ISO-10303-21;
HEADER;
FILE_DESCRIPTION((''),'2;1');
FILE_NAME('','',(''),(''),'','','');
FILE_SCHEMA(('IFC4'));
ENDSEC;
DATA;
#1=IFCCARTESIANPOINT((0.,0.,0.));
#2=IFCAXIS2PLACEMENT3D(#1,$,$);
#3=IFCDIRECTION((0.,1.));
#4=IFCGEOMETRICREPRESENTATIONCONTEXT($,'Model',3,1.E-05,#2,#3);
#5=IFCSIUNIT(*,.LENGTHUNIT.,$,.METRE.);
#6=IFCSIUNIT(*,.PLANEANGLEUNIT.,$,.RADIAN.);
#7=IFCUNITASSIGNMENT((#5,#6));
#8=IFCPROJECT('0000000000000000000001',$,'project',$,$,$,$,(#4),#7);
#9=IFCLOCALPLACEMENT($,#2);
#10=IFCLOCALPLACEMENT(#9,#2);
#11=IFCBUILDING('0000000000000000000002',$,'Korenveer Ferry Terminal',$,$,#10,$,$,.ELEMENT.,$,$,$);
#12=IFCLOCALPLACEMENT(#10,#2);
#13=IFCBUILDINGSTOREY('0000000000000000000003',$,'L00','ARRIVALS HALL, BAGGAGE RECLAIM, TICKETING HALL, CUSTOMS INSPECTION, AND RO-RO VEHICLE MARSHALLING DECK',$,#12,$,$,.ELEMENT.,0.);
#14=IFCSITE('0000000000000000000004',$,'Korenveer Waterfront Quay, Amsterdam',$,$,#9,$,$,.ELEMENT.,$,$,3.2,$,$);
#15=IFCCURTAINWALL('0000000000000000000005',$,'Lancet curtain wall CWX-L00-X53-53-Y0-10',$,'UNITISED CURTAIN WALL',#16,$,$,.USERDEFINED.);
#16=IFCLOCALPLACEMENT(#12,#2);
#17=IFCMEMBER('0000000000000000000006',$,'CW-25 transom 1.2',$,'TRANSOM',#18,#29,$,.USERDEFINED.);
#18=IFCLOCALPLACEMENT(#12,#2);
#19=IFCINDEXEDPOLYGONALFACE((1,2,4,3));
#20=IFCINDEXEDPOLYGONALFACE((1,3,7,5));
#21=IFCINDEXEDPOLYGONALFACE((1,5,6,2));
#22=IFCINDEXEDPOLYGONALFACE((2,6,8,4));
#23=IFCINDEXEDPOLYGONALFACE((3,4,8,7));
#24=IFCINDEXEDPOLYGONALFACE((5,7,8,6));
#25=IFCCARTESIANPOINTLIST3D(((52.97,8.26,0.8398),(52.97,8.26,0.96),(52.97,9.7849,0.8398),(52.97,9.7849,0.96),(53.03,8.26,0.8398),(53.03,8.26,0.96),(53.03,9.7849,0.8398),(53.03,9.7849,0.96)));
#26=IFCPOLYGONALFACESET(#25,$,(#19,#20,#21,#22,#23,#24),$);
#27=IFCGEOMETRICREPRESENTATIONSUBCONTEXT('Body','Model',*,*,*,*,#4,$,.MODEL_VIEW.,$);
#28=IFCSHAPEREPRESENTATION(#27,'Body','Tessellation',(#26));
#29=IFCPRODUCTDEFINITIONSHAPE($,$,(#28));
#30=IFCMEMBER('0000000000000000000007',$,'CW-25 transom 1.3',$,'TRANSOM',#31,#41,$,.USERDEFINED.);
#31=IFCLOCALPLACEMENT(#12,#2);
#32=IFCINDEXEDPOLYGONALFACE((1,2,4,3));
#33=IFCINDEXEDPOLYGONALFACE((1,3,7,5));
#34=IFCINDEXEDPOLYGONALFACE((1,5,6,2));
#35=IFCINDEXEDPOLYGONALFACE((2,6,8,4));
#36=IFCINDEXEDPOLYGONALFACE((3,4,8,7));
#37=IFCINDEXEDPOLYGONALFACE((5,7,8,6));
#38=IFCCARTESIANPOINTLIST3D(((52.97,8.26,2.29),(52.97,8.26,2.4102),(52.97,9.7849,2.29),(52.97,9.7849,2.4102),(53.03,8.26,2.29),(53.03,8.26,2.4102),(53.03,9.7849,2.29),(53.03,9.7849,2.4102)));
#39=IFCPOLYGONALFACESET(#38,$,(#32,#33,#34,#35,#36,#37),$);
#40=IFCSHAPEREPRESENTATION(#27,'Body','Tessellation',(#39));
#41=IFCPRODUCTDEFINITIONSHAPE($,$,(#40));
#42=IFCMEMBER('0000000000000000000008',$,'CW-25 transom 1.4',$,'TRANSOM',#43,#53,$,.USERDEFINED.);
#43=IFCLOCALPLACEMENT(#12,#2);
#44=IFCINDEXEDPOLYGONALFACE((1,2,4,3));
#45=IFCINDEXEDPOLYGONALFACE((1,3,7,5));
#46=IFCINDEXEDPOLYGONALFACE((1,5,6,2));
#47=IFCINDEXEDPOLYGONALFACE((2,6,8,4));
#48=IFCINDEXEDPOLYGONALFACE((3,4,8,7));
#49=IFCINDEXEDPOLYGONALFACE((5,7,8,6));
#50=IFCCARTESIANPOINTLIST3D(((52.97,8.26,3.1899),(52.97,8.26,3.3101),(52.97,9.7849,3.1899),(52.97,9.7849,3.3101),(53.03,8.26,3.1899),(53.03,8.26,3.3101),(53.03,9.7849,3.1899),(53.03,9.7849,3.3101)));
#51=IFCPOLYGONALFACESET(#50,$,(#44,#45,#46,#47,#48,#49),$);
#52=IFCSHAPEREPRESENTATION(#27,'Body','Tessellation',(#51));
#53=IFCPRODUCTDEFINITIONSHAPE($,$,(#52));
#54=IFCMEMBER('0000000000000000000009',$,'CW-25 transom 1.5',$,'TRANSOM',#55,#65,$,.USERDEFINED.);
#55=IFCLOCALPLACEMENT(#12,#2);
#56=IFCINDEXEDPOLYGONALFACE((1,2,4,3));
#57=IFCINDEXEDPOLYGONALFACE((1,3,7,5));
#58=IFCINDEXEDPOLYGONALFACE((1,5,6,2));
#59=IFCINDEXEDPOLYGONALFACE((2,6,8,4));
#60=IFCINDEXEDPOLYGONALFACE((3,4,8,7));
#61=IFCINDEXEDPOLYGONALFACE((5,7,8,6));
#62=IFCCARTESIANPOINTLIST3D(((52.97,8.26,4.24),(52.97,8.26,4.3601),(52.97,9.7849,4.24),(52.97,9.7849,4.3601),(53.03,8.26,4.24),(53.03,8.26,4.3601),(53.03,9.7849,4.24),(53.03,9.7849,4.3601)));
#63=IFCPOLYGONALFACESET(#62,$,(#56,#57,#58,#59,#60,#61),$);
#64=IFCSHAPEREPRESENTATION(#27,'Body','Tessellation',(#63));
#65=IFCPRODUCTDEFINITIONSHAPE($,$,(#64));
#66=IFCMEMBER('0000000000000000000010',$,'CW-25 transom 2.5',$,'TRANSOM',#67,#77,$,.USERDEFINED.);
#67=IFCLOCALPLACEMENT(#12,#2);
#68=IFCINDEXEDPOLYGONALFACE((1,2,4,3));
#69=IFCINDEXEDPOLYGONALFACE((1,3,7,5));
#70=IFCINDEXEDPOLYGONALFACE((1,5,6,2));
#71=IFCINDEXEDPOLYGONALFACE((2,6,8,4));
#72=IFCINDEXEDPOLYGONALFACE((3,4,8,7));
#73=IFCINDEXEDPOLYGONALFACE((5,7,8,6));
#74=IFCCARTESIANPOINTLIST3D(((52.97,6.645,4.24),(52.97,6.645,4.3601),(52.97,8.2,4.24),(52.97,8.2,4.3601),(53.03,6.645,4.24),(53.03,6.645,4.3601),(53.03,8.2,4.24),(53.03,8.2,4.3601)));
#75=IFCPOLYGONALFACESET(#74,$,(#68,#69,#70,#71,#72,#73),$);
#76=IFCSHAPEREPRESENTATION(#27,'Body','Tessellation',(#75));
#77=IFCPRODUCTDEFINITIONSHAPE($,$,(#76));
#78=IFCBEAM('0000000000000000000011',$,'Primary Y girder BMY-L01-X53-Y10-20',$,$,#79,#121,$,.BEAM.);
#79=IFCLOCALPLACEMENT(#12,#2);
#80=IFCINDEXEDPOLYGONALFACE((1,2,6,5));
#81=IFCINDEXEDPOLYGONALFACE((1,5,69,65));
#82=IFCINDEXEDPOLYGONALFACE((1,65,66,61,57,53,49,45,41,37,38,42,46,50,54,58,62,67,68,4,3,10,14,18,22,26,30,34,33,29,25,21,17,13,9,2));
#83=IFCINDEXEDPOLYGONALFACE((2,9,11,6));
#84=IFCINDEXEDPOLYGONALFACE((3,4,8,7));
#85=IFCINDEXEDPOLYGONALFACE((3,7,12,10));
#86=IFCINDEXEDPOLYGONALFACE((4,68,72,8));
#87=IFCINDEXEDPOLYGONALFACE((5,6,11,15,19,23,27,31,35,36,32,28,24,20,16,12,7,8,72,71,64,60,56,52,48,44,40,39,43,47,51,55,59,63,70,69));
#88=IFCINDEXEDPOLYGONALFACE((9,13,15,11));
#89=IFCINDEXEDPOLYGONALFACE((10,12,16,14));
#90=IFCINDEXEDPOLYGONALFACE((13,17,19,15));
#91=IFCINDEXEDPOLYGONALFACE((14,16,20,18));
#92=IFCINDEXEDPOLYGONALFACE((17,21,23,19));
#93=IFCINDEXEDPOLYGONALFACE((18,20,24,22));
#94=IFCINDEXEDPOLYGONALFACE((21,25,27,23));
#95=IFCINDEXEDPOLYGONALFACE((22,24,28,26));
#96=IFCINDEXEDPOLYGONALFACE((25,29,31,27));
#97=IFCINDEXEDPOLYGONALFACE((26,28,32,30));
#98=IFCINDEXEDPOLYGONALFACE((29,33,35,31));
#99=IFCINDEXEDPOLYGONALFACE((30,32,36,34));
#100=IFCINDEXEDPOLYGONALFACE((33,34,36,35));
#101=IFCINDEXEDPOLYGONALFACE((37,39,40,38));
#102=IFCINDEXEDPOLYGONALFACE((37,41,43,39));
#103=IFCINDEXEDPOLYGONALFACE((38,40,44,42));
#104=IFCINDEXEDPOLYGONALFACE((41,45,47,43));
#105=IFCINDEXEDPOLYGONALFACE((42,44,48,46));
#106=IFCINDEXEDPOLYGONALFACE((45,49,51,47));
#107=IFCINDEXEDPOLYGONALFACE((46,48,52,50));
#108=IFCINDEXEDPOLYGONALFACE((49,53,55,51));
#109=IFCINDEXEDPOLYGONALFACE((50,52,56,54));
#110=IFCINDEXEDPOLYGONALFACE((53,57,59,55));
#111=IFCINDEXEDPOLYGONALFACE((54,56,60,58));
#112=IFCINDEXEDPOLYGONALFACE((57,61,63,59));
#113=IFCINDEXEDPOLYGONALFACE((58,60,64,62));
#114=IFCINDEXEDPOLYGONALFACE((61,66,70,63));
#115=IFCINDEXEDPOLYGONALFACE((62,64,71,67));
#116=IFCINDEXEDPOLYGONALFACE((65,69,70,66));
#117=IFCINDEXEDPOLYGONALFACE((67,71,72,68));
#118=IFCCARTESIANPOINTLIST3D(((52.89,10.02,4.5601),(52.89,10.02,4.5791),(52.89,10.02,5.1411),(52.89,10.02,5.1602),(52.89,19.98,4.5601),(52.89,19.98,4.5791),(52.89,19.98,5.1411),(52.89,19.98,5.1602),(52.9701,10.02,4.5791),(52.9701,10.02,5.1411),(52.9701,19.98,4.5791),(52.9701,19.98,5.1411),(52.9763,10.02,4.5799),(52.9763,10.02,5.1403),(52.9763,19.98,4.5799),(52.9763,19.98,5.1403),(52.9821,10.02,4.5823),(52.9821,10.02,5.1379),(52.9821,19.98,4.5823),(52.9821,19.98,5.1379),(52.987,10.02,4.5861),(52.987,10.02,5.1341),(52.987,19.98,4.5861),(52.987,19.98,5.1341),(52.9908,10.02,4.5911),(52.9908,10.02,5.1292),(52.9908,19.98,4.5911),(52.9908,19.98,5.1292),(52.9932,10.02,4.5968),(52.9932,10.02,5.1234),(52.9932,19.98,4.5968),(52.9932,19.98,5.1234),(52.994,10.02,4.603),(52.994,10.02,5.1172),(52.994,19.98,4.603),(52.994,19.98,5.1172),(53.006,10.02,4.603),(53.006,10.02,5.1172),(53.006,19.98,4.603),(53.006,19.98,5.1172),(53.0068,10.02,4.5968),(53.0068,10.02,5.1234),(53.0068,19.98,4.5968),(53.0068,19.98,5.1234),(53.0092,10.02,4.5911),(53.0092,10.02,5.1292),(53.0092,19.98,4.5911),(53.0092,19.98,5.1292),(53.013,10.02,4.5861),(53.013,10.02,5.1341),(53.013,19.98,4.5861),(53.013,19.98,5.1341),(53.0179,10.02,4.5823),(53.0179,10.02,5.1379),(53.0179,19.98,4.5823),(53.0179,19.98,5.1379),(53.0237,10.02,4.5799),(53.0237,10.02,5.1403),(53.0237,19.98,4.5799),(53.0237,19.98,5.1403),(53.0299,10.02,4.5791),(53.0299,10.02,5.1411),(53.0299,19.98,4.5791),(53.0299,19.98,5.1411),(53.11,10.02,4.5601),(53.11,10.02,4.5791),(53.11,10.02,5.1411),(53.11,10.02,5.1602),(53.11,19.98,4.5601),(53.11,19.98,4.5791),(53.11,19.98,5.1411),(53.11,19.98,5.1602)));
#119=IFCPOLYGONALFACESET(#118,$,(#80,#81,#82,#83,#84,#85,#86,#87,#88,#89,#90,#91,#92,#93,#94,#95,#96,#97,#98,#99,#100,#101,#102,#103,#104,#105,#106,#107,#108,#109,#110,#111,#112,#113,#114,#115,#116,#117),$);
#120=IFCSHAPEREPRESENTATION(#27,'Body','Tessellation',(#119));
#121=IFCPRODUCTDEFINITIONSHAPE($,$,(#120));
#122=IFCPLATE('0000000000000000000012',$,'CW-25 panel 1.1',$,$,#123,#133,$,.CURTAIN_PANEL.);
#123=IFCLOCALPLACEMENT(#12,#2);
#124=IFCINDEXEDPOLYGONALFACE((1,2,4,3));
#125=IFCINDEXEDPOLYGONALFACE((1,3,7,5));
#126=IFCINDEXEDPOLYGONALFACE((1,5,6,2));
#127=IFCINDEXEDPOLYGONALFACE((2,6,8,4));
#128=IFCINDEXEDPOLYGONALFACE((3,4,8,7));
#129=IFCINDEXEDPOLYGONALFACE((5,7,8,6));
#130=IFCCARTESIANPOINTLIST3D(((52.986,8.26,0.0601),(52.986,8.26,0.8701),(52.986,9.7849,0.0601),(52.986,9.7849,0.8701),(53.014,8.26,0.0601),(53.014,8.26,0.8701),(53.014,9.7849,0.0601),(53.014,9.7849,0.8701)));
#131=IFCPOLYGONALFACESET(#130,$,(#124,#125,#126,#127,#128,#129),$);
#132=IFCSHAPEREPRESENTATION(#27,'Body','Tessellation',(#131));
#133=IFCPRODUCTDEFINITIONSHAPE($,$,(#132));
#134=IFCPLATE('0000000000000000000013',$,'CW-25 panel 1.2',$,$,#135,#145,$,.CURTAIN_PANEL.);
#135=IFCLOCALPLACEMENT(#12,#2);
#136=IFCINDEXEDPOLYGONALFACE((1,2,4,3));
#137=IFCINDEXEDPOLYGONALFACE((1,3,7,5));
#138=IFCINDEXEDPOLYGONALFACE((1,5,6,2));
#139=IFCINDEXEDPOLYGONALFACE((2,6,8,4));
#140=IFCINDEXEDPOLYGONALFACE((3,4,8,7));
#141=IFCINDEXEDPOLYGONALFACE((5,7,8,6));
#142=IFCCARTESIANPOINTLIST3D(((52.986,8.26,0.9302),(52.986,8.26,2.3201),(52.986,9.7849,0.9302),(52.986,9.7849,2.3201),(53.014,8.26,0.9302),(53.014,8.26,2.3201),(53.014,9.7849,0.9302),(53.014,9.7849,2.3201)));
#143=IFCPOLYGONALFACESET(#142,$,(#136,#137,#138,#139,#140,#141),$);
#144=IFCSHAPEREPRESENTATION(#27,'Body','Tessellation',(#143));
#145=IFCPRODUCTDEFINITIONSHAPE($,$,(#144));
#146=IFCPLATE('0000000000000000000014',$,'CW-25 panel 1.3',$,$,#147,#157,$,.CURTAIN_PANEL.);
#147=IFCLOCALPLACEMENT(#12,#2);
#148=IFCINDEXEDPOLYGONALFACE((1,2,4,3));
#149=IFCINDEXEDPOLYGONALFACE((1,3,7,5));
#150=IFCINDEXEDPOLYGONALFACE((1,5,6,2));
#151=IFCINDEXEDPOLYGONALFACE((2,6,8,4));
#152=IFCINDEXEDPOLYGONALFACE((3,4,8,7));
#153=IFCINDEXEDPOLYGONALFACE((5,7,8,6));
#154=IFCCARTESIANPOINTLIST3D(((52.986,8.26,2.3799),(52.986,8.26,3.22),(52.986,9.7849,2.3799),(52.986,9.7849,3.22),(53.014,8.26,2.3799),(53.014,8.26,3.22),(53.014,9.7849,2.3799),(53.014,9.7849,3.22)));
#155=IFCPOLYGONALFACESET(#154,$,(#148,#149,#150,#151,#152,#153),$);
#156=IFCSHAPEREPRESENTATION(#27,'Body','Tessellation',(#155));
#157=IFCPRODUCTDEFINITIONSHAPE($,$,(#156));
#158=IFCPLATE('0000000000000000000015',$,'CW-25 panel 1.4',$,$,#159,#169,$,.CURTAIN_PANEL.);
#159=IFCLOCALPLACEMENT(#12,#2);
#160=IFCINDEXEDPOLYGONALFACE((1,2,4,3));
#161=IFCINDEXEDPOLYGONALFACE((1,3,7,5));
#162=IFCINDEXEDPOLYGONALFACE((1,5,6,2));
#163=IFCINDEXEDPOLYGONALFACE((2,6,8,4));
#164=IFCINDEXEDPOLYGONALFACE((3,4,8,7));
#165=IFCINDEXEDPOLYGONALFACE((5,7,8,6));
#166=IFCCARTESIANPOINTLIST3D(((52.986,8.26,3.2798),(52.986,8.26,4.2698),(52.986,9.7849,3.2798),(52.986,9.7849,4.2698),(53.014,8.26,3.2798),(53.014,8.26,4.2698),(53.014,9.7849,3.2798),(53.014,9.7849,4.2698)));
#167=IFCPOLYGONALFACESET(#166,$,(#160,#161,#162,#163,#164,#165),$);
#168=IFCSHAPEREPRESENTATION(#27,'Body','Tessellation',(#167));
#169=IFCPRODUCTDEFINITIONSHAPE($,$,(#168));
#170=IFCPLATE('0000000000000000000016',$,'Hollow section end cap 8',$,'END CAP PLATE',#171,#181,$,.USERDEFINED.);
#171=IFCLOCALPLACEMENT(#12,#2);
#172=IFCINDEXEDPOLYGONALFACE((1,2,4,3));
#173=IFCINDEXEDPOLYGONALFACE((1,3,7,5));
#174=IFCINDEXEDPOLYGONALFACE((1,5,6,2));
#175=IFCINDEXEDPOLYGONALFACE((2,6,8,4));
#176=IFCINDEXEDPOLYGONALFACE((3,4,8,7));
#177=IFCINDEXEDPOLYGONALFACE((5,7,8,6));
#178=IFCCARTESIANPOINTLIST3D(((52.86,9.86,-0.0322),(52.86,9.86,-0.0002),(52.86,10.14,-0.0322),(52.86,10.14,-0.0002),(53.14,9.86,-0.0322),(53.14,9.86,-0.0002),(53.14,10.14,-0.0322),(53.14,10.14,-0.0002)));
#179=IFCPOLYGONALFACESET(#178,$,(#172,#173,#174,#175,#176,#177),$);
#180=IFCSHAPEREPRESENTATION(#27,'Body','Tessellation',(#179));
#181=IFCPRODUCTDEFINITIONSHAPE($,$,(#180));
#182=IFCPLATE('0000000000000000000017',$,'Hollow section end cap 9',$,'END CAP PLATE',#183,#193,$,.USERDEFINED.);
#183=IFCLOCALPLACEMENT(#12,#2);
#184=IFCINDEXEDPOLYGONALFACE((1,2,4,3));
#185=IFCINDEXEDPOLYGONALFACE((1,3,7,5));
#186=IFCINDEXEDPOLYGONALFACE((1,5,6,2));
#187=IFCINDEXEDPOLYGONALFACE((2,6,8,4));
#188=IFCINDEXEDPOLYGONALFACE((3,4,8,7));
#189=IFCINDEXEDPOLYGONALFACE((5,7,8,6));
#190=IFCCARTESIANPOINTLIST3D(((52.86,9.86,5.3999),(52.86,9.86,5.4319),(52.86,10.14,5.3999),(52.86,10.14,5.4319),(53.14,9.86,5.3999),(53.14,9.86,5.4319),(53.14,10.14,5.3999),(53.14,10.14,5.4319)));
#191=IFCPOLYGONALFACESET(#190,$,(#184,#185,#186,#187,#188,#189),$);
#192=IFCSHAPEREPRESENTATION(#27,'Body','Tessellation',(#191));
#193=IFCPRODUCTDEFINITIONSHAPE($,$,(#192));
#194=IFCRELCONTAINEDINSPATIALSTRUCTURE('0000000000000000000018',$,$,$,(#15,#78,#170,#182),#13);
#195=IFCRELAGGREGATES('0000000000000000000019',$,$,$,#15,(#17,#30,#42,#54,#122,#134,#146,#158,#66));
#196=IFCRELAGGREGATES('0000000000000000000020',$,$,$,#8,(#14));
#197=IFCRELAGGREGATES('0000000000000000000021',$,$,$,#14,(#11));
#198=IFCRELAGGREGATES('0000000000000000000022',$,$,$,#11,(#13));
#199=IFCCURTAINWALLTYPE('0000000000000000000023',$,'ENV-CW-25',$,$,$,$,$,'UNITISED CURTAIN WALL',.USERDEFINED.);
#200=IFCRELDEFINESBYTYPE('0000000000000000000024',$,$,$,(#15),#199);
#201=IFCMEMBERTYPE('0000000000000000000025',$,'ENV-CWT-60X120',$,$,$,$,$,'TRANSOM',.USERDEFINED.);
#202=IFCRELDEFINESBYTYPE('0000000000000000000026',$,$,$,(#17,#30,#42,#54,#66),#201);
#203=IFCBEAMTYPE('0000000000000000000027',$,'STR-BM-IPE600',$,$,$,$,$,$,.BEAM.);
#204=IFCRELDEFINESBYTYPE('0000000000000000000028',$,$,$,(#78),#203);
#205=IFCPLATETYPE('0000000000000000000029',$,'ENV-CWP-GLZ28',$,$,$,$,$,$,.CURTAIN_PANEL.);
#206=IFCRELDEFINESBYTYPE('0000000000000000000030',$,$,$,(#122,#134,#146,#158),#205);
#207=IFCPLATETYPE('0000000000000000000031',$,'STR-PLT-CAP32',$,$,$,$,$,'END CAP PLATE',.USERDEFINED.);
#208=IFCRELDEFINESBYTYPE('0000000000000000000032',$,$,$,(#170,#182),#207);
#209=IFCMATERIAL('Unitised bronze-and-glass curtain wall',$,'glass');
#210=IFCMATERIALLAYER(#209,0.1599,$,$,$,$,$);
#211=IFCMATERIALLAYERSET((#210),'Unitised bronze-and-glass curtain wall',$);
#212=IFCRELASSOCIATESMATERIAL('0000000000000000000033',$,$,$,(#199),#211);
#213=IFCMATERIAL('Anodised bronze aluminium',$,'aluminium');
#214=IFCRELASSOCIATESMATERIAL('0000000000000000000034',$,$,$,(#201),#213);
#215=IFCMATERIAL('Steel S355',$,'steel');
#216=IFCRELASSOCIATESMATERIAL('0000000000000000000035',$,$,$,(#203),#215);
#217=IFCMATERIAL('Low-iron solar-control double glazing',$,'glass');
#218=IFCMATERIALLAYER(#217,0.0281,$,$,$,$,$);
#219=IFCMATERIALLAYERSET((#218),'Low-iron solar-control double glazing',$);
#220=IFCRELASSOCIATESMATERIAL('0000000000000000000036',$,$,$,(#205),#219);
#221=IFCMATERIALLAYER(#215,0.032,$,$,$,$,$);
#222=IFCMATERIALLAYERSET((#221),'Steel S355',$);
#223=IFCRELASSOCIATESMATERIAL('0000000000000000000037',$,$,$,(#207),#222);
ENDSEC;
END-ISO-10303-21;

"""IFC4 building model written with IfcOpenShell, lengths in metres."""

from ifc_helpers import new_model, si_unit, direction, frame, origin, origin_2d, place, context, subcontext, project, spatial, rectangle, i_section, extrude, material, layer, layer_set, material_profile, profile_set, type_object, element, aggregate, save


model = new_model("IFC4")

# Units and contexts
model_context = context("Model", 3, precision=1e-05, world=origin(), true_north=direction((0.0, 1.0)))
body_context = subcontext(model_context, "Body", "Model", "MODEL_VIEW")
ifc_project = project(units=[si_unit("LENGTHUNIT", "METRE"), si_unit("PLANEANGLEUNIT", "RADIAN")], contexts=[model_context])

# Site, building, storey
site_placement = place(None, origin())
site = spatial("IfcSite", under=ifc_project, at=site_placement, Name="Korenveer Waterfront Quay, Amsterdam", CompositionType="ELEMENT", RefElevation=3.2)
building_placement = place(site_placement, origin())
building = spatial("IfcBuilding", under=site, at=building_placement, Name="Korenveer Ferry Terminal", CompositionType="ELEMENT")
storey_placement = place(building_placement, origin())
storey = spatial("IfcBuildingStorey", under=building, at=storey_placement, Name="L00", Description="ARRIVALS HALL, BAGGAGE RECLAIM, TICKETING HALL, CUSTOMS INSPECTION, AND RO-RO VEHICLE MARSHALLING DECK", CompositionType="ELEMENT", Elevation=0.0)

# Shared definitions
ifc_material_1 = material(Name="Steel S355", Category="steel")

# Curtain wall, members
ifc_material_2 = material(Name="Unitised bronze-and-glass curtain wall", Category="glass")
ifc_layer_1 = layer(ifc_material_2, 0.1599)
ifc_layer_set_1 = layer_set([ifc_layer_1], Name="Unitised bronze-and-glass curtain wall")
curtain_wall_type = type_object("IfcCurtainWallType", Name="ENV-CW-25", ElementType="UNITISED CURTAIN WALL", PredefinedType="USERDEFINED", material=ifc_layer_set_1)
curtain_wall_placement = place(storey_placement, frame((53.0, 9.845, 0.0)))
curtain_wall = element("IfcCurtainWall", 1, at=curtain_wall_placement, inside=storey, type_object=curtain_wall_type, Name="Lancet curtain wall CWX-L00-X53-53-Y0-10", ObjectType="UNITISED CURTAIN WALL", PredefinedType="USERDEFINED")
ifc_material_3 = material(Name="Anodised bronze aluminium", Category="aluminium")
ifc_material_profile_1 = material_profile(ifc_material_3, rectangle(XDim=0.0601, YDim=0.1201, at=origin_2d()), Name="ALU 60x120")
ifc_profile_set_1 = profile_set([ifc_material_profile_1], Name="Anodised bronze aluminium")
member_type_1 = type_object("IfcMemberType", Name="ENV-CWT-60X120", ElementType="TRANSOM", PredefinedType="USERDEFINED", material=ifc_profile_set_1)
member_1_placement = place(storey_placement, frame((53.0, 9.7849, 0.8999), z_axis=(0.0, -1.0, 0.0), x_axis=(1.0, 0.0, 0.0)))
member_1 = element("IfcMember", 2, at=member_1_placement, type_object=member_type_1, Name="CW-25 transom 1.2", ObjectType="TRANSOM", PredefinedType="USERDEFINED", context=body_context, shape_type="SweptSolid", body=[
    extrude(rectangle(XDim=0.0601, YDim=0.1201, at=origin_2d()), origin(), (0.0, 0.0, 1.0), 1.5249),
])
member_2_placement = place(storey_placement, frame((53.0, 9.7849, 2.3501), z_axis=(0.0, -1.0, 0.0), x_axis=(1.0, 0.0, 0.0)))
member_2 = element("IfcMember", 3, at=member_2_placement, type_object=member_type_1, Name="CW-25 transom 1.3", ObjectType="TRANSOM", PredefinedType="USERDEFINED", context=body_context, shape_type="SweptSolid", body=[
    extrude(rectangle(XDim=0.0601, YDim=0.1201, at=origin_2d()), origin(), (0.0, 0.0, 1.0), 1.5249),
])
member_3_placement = place(storey_placement, frame((53.0, 9.7849, 3.25), z_axis=(0.0, -1.0, 0.0), x_axis=(1.0, 0.0, 0.0)))
member_3 = element("IfcMember", 4, at=member_3_placement, type_object=member_type_1, Name="CW-25 transom 1.4", ObjectType="TRANSOM", PredefinedType="USERDEFINED", context=body_context, shape_type="SweptSolid", body=[
    extrude(rectangle(XDim=0.0601, YDim=0.1201, at=origin_2d()), origin(), (0.0, 0.0, 1.0), 1.5249),
])
member_4_placement = place(storey_placement, frame((53.0, 9.7849, 4.3), z_axis=(0.0, -1.0, 0.0), x_axis=(1.0, 0.0, 0.0)))
member_4 = element("IfcMember", 5, at=member_4_placement, type_object=member_type_1, Name="CW-25 transom 1.5", ObjectType="TRANSOM", PredefinedType="USERDEFINED", context=body_context, shape_type="SweptSolid", body=[
    extrude(rectangle(XDim=0.0601, YDim=0.1201, at=origin_2d()), origin(), (0.0, 0.0, 1.0), 1.5249),
])
member_5_placement = place(storey_placement, frame((53.0, 8.2, 4.3), z_axis=(0.0, -1.0, 0.0), x_axis=(1.0, 0.0, 0.0)))
member_5 = element("IfcMember", 6, at=member_5_placement, type_object=member_type_1, Name="CW-25 transom 2.5", ObjectType="TRANSOM", PredefinedType="USERDEFINED", context=body_context, shape_type="SweptSolid", body=[
    extrude(rectangle(XDim=0.0601, YDim=0.1201, at=origin_2d()), origin(), (0.0, 0.0, 1.0), 1.5549),
])

# Beam
ifc_material_profile_2 = material_profile(ifc_material_1, i_section(OverallWidth=0.22, OverallDepth=0.6001, WebThickness=0.012, FlangeThickness=0.019, FilletRadius=0.0239, at=origin_2d()), Name="IPE 600")
ifc_profile_set_2 = profile_set([ifc_material_profile_2], Name="Steel S355")
beam_type = type_object("IfcBeamType", Name="STR-BM-IPE600", PredefinedType="BEAM", material=ifc_profile_set_2)
beam_placement = place(storey_placement, frame((53.0, 10.02, 4.8601), z_axis=(0.0, 1.0, 0.0), x_axis=(-1.0, 0.0, 0.0)))
element("IfcBeam", 7, at=beam_placement, inside=storey, type_object=beam_type, Name="Primary Y girder BMY-L01-X53-Y10-20", PredefinedType="BEAM", context=body_context, shape_type="SweptSolid", body=[
    extrude(i_section(OverallWidth=0.22, OverallDepth=0.6001, WebThickness=0.012, FlangeThickness=0.019, FilletRadius=0.0239, at=origin_2d()), origin(), (0.0, 0.0, 1.0), 9.96),
])

# Plates
ifc_material_4 = material(Name="Low-iron solar-control double glazing", Category="glass")
ifc_layer_2 = layer(ifc_material_4, 0.0281)
ifc_layer_set_2 = layer_set([ifc_layer_2], Name="Low-iron solar-control double glazing")
plate_type_1 = type_object("IfcPlateType", Name="ENV-CWP-GLZ28", PredefinedType="CURTAIN_PANEL", material=ifc_layer_set_2)
plate_1_placement = place(storey_placement, frame((53.0, 9.0225, 0.0601), z_axis=(0.0, 0.0, 1.0), x_axis=(0.0, -1.0, 0.0)))
plate_1 = element("IfcPlate", 8, at=plate_1_placement, type_object=plate_type_1, Name="CW-25 panel 1.1", PredefinedType="CURTAIN_PANEL", context=body_context, shape_type="SweptSolid", body=[
    extrude(rectangle(XDim=1.5249, YDim=0.0281, at=origin_2d()), origin(), (0.0, 0.0, 1.0), 0.8101),
])
plate_2_placement = place(storey_placement, frame((53.0, 9.0225, 0.9302), z_axis=(0.0, 0.0, 1.0), x_axis=(0.0, -1.0, 0.0)))
plate_2 = element("IfcPlate", 9, at=plate_2_placement, type_object=plate_type_1, Name="CW-25 panel 1.2", PredefinedType="CURTAIN_PANEL", context=body_context, shape_type="SweptSolid", body=[
    extrude(rectangle(XDim=1.5249, YDim=0.0281, at=origin_2d()), origin(), (0.0, 0.0, 1.0), 1.3899),
])
plate_3_placement = place(storey_placement, frame((53.0, 9.0225, 2.3799), z_axis=(0.0, 0.0, 1.0), x_axis=(0.0, -1.0, 0.0)))
plate_3 = element("IfcPlate", 10, at=plate_3_placement, type_object=plate_type_1, Name="CW-25 panel 1.3", PredefinedType="CURTAIN_PANEL", context=body_context, shape_type="SweptSolid", body=[
    extrude(rectangle(XDim=1.5249, YDim=0.0281, at=origin_2d()), origin(), (0.0, 0.0, 1.0), 0.8401),
])
plate_4_placement = place(storey_placement, frame((53.0, 9.0225, 3.2798), z_axis=(0.0, 0.0, 1.0), x_axis=(0.0, -1.0, 0.0)))
plate_4 = element("IfcPlate", 11, at=plate_4_placement, type_object=plate_type_1, Name="CW-25 panel 1.4", PredefinedType="CURTAIN_PANEL", context=body_context, shape_type="SweptSolid", body=[
    extrude(rectangle(XDim=1.5249, YDim=0.0281, at=origin_2d()), origin(), (0.0, 0.0, 1.0), 0.99),
])
aggregate(curtain_wall, [member_1, member_2, member_3, member_4, plate_1, plate_2, plate_3, plate_4, member_5])

# Plates
ifc_layer_3 = layer(ifc_material_1, 0.032)
ifc_layer_set_3 = layer_set([ifc_layer_3], Name="Steel S355")
plate_type_2 = type_object("IfcPlateType", Name="STR-PLT-CAP32", ElementType="END CAP PLATE", PredefinedType="USERDEFINED", material=ifc_layer_set_3)
for number, where, z_axis, x_axis, name in (
    (12, (53.0, 10.0, -0.0322), (0.0, 0.0, 1.0), (1.0, 0.0, 0.0), "Hollow section end cap 8"),
    (13, (53.0, 10.0, 5.3999), (0.0, 0.0, 1.0), (1.0, 0.0, 0.0), "Hollow section end cap 9"),
):
    element("IfcPlate", number, at=place(storey_placement, frame(where, z_axis=z_axis, x_axis=x_axis)), inside=storey, type_object=plate_type_2, Name=name, ObjectType="END CAP PLATE", PredefinedType="USERDEFINED", context=body_context, shape_type="SweptSolid", body=[
        extrude(rectangle(XDim=0.28, YDim=0.28, at=origin_2d()), origin(), (0.0, 0.0, 1.0), 0.032),
    ])

save(model, "model.ifc")
